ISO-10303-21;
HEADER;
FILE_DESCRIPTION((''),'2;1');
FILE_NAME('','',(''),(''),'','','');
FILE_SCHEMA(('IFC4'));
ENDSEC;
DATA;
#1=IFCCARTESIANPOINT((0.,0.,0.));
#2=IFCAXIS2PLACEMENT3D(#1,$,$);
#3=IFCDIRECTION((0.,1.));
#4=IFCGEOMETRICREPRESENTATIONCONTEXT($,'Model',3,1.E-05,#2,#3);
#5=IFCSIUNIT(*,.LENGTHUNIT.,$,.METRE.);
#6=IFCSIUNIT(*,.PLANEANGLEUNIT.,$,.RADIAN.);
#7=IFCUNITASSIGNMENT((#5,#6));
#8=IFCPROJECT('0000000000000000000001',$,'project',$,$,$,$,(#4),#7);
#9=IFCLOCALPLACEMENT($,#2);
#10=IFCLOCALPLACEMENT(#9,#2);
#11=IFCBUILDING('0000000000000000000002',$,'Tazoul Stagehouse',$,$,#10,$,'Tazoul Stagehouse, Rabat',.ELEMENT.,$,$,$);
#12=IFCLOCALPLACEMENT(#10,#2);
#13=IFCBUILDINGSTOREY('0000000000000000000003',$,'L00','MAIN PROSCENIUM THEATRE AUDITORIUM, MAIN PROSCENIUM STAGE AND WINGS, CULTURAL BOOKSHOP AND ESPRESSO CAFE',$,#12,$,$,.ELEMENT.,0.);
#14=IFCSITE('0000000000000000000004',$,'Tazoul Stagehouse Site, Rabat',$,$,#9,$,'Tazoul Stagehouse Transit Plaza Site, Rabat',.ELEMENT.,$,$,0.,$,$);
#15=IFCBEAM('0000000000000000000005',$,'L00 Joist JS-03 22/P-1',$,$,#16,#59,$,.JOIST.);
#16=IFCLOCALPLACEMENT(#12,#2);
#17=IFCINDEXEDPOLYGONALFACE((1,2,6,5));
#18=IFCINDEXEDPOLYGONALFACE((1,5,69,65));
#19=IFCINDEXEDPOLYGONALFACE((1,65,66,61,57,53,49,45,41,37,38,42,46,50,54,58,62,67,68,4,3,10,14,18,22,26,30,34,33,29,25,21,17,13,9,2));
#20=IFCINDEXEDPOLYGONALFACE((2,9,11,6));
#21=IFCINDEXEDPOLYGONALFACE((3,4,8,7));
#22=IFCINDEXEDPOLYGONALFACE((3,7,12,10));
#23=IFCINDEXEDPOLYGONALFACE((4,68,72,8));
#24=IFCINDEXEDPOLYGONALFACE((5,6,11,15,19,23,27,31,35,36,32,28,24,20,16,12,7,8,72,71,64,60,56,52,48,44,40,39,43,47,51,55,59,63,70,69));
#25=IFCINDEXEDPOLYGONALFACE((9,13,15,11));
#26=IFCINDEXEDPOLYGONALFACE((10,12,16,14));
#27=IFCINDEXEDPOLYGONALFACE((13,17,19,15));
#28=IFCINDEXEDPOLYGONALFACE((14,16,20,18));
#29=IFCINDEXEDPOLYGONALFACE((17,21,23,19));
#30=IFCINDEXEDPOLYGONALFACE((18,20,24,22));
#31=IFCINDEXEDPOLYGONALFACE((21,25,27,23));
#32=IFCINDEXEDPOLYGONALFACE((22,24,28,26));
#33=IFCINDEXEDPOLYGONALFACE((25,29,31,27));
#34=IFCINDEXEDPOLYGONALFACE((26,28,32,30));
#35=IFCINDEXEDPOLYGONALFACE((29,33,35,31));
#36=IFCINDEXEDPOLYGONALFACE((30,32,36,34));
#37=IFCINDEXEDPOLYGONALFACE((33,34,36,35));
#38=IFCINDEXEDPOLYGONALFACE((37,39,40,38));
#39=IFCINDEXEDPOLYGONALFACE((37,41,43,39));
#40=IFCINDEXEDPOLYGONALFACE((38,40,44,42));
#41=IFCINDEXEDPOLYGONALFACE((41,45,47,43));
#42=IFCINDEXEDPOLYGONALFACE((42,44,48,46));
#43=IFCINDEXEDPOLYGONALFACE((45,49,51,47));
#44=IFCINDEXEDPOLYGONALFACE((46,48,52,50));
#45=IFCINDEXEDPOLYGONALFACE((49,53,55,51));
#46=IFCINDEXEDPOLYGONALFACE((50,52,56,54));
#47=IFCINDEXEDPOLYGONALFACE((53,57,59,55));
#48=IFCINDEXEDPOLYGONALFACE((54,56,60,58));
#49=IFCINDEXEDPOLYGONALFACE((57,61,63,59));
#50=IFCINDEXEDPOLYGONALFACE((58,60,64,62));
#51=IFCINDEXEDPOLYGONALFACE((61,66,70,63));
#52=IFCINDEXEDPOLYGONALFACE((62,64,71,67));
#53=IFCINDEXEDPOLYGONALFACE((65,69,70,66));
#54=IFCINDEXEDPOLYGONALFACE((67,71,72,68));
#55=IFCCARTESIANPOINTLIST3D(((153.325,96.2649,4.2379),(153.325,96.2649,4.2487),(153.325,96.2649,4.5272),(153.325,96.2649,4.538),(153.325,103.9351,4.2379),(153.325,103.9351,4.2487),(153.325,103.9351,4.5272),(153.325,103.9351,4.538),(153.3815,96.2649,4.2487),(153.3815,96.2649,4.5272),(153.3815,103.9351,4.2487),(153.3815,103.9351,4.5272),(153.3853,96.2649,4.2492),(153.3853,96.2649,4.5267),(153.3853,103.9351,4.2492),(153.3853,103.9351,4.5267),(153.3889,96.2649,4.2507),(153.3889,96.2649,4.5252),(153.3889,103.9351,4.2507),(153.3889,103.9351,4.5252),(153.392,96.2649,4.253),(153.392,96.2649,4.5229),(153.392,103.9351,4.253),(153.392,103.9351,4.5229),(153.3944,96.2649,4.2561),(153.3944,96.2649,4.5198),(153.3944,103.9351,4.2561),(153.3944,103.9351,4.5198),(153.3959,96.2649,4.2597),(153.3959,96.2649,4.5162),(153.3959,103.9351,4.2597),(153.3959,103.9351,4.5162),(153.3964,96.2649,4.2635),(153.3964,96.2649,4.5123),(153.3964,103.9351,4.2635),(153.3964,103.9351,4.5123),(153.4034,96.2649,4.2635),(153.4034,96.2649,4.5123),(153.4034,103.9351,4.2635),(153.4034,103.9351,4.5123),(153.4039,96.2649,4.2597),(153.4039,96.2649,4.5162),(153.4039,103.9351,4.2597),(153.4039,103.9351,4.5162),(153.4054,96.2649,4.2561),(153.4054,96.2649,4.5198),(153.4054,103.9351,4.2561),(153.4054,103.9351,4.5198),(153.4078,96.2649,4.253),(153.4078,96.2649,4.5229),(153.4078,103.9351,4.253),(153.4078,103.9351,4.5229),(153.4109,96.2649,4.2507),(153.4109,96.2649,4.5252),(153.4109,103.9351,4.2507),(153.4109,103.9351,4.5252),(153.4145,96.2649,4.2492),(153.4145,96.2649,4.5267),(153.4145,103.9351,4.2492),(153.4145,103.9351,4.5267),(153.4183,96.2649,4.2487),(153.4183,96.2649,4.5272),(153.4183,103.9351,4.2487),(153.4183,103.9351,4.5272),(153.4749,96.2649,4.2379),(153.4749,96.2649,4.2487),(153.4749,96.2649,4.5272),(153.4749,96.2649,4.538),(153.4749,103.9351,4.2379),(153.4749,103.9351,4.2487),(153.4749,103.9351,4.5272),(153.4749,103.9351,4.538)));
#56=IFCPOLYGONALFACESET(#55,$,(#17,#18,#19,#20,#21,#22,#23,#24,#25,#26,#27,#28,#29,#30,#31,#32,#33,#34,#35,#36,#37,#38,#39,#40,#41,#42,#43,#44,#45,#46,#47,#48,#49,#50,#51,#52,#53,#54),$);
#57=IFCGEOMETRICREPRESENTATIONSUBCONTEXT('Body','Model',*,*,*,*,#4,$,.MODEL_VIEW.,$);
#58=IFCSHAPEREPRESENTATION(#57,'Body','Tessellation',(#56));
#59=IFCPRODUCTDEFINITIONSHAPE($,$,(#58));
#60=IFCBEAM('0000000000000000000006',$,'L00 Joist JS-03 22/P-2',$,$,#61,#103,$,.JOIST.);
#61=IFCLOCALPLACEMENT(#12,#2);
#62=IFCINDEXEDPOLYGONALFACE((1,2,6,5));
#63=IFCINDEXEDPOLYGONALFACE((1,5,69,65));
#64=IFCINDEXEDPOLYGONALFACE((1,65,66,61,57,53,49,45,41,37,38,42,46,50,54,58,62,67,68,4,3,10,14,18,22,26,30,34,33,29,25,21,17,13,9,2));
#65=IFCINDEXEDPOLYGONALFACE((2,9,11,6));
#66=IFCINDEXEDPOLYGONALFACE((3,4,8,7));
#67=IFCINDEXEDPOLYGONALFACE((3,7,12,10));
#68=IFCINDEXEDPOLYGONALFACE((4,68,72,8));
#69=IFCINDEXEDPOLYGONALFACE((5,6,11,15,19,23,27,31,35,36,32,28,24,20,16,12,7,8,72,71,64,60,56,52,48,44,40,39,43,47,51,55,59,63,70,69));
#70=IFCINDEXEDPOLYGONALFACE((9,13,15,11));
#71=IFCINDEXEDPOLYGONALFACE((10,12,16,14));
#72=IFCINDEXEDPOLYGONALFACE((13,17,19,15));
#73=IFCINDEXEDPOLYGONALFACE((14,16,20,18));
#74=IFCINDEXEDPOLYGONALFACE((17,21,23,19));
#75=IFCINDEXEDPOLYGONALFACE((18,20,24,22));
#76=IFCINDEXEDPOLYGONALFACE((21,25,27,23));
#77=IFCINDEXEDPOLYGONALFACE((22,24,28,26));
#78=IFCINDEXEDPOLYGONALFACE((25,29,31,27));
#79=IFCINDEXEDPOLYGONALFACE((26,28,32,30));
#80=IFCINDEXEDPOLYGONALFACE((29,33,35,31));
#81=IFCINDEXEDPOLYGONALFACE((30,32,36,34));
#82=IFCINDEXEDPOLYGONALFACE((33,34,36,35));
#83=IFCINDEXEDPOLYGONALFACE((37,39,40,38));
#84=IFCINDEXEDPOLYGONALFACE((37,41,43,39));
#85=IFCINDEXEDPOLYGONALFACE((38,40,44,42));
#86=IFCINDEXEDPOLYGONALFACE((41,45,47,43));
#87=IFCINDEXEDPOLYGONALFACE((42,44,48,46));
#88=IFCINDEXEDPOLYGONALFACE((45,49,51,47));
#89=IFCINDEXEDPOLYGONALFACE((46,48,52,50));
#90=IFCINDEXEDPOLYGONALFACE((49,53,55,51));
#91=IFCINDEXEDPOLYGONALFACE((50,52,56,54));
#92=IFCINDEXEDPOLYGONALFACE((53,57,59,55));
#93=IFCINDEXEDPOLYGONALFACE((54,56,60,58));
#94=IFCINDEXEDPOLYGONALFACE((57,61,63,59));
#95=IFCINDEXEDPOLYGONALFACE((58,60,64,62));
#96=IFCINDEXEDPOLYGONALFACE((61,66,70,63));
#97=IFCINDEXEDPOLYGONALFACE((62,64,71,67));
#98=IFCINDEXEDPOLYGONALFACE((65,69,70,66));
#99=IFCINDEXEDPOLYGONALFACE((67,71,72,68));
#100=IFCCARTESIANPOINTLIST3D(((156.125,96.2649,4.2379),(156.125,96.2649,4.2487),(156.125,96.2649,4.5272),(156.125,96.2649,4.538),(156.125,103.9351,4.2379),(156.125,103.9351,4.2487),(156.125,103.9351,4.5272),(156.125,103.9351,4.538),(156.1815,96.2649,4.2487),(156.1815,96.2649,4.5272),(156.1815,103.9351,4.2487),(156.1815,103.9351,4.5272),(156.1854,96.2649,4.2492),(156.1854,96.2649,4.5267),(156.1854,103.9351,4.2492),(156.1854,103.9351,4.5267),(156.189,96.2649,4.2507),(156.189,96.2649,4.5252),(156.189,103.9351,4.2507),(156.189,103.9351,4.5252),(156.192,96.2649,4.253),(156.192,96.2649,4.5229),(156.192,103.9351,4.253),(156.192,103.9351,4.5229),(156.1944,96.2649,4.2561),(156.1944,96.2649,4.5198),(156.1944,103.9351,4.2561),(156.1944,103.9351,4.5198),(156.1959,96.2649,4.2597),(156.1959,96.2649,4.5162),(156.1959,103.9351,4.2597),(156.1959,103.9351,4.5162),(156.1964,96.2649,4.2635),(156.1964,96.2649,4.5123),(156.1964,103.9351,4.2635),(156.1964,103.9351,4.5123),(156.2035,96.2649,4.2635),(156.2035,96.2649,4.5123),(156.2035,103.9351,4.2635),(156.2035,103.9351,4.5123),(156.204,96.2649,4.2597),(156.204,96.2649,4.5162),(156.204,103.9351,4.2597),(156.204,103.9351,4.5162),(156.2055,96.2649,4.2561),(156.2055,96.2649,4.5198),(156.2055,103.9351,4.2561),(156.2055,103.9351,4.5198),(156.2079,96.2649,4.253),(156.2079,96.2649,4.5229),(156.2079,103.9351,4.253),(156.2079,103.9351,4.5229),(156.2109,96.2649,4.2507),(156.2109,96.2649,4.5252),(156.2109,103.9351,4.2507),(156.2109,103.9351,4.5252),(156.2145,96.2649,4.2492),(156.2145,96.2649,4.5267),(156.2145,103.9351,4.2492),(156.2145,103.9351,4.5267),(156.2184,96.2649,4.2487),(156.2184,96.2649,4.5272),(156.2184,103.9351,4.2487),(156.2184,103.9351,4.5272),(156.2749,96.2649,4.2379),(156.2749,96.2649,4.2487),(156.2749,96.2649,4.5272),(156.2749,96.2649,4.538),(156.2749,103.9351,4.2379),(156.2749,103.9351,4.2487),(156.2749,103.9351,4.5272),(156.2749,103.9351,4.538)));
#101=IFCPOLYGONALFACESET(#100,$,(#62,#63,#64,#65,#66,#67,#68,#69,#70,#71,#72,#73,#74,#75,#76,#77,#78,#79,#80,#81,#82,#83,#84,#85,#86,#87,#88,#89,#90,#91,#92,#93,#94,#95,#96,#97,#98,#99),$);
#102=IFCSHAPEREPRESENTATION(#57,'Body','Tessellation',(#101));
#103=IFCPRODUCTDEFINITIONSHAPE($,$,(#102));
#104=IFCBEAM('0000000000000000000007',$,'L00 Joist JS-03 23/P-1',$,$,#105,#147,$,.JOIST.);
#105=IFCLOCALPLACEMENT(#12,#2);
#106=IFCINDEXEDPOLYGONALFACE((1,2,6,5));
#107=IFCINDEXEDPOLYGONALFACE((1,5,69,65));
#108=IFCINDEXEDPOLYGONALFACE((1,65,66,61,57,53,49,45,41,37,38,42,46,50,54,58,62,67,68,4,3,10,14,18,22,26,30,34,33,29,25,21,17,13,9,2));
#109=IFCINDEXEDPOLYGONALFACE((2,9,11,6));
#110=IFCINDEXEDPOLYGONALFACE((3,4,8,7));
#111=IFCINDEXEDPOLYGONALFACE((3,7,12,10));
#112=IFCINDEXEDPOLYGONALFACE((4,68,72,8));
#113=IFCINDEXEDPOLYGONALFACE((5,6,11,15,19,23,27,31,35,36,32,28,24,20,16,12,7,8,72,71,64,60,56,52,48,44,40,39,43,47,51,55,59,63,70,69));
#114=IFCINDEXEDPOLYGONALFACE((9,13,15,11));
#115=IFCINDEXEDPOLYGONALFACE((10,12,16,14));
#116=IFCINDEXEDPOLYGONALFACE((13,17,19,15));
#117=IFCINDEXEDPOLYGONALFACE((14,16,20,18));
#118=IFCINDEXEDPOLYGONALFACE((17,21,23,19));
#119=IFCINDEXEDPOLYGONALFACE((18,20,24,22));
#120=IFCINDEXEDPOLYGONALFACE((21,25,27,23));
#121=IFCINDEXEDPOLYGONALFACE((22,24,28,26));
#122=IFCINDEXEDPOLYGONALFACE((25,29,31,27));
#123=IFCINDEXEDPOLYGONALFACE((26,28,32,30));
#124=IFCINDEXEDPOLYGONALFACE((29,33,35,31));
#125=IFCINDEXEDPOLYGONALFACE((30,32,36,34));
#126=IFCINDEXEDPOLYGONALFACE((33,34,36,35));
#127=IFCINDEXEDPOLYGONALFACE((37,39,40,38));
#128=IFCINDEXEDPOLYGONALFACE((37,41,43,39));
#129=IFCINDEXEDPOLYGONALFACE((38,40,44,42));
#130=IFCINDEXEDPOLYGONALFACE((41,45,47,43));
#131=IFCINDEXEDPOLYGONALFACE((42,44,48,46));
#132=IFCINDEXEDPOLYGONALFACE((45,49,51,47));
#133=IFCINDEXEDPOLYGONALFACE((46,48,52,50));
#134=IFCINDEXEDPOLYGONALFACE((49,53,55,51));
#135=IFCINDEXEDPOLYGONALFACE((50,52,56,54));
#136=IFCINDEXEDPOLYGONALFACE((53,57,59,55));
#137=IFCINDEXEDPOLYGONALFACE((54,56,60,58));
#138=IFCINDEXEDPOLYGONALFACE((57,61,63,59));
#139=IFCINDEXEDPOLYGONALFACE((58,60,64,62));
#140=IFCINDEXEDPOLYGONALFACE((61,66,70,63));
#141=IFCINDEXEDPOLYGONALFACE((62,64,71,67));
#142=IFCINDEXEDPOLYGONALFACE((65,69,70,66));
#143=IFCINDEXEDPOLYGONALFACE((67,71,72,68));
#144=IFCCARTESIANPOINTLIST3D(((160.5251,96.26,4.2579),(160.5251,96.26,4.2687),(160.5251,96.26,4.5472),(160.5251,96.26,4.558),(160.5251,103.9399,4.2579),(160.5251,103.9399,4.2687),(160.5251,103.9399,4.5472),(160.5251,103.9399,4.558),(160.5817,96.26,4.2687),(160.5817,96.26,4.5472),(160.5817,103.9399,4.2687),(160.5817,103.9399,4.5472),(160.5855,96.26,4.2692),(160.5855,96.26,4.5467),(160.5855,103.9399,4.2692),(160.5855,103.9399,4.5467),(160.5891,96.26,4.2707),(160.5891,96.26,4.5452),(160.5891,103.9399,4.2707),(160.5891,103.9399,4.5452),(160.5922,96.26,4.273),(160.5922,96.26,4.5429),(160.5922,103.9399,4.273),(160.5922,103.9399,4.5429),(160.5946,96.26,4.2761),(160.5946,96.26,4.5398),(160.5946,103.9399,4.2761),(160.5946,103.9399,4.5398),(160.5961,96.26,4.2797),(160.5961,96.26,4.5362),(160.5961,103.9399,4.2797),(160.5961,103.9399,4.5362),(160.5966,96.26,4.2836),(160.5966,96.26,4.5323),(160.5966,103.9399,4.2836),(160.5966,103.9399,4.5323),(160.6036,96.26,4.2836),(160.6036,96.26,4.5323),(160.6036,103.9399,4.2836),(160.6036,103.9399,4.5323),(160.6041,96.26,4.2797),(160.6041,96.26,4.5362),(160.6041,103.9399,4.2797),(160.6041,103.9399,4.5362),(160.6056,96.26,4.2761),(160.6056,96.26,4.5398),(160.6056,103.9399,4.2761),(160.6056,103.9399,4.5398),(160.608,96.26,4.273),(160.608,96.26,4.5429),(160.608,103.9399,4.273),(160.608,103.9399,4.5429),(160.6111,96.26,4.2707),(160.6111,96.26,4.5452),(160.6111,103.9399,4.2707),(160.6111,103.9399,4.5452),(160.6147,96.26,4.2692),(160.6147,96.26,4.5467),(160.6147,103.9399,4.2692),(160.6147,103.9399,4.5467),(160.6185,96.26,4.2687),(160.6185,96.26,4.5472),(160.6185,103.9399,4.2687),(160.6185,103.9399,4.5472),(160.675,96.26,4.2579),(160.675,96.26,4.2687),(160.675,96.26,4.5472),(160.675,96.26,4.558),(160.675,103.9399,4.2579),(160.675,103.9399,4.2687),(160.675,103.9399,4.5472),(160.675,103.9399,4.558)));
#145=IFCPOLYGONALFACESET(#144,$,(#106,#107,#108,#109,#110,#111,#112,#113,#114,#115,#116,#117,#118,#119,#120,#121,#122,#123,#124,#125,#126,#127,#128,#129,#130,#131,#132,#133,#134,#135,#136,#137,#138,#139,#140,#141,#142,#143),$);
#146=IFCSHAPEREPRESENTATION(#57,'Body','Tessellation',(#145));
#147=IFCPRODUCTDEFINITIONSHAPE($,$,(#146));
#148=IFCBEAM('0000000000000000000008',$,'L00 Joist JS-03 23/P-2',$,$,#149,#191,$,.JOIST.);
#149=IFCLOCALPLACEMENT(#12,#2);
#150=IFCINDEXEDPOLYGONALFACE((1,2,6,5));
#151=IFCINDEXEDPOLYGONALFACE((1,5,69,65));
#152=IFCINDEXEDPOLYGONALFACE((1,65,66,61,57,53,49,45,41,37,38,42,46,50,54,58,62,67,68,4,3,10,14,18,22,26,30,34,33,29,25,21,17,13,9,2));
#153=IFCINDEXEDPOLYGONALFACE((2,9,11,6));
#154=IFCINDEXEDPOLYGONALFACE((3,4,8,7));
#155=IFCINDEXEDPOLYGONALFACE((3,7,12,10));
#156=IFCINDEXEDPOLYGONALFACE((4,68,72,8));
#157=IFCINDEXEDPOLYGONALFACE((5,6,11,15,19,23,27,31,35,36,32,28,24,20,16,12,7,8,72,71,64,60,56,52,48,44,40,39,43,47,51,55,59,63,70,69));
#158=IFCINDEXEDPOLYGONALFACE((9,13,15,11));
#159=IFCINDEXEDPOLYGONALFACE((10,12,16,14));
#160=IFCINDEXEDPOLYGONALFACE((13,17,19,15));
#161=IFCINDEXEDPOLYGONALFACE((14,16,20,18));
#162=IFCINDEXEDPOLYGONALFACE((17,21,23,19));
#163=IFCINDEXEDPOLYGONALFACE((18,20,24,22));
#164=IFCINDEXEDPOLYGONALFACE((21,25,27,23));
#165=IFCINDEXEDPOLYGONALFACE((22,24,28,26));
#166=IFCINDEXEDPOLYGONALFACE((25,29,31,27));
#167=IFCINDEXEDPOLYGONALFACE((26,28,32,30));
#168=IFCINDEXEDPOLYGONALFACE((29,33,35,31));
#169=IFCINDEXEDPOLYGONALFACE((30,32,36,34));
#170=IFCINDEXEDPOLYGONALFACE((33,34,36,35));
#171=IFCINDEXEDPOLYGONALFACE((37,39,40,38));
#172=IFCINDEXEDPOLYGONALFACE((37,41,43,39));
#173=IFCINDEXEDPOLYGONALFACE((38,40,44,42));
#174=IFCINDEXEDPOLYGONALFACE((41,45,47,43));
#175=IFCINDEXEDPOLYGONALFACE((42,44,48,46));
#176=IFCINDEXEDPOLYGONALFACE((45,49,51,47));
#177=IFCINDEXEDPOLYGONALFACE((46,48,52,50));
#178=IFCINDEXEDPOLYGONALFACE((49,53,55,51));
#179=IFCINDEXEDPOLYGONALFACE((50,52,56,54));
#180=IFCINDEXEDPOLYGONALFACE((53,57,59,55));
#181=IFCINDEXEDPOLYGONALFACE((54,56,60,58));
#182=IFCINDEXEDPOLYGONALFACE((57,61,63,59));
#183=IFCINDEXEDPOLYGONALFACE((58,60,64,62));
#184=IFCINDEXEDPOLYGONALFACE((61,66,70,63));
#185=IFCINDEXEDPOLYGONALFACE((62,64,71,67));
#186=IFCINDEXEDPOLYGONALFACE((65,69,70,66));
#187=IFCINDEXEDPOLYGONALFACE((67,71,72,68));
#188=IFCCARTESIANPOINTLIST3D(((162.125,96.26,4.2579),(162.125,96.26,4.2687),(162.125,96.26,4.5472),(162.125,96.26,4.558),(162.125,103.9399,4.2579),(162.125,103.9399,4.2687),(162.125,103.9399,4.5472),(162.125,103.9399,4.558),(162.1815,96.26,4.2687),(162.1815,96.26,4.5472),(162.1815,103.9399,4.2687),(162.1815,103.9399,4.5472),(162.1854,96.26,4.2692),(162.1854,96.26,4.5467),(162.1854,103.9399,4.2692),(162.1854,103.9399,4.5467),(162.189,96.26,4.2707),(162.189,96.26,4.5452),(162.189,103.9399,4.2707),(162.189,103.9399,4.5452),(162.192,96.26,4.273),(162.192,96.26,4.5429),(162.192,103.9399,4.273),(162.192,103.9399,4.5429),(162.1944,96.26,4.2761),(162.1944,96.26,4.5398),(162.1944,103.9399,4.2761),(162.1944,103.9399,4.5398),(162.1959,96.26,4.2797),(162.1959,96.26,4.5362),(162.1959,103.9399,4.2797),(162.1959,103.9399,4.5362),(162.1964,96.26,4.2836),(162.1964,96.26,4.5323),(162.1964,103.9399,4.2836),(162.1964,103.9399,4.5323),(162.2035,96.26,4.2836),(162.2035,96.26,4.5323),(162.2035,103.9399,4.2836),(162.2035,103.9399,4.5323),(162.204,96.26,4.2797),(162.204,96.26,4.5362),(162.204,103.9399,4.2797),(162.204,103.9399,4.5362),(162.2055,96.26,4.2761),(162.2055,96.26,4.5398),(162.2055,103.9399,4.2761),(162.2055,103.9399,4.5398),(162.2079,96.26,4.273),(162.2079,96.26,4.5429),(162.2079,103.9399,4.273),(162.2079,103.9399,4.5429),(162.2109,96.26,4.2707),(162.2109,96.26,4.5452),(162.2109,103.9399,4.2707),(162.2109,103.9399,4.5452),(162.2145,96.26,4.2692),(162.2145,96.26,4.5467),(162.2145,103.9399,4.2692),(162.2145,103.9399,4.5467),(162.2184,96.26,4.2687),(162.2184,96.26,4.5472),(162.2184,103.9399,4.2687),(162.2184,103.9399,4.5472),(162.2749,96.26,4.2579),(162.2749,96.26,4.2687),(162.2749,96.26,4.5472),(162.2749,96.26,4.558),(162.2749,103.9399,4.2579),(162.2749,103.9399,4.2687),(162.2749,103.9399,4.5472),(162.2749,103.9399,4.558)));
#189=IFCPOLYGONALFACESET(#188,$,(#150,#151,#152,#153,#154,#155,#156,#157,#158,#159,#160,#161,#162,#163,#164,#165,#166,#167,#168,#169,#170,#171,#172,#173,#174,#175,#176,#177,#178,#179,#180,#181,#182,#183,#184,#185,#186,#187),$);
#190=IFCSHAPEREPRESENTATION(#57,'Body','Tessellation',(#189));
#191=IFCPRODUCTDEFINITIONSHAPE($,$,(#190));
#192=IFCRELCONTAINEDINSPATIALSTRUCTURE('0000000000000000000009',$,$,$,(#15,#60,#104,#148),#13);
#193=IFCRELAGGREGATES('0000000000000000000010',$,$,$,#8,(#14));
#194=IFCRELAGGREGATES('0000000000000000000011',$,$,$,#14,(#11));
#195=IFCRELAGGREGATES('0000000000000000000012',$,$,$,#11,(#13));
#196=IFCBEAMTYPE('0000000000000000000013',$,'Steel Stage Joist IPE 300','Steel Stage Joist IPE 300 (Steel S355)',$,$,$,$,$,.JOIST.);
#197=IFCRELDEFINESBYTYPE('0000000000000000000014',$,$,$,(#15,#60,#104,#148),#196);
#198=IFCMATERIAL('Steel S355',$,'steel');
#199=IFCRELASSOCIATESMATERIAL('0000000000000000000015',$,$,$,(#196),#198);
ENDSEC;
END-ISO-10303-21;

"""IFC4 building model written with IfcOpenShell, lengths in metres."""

from ifc_helpers import new_model, si_unit, direction, frame, origin, origin_2d, place, context, subcontext, project, spatial, i_section, extrude, material, material_profile, profile_set, type_object, element, save


model = new_model("IFC4")

# Units and contexts
model_context = context("Model", 3, precision=1e-05, world=origin(), true_north=direction((0.0, 1.0)))
body_context = subcontext(model_context, "Body", "Model", "MODEL_VIEW")
ifc_project = project(units=[si_unit("LENGTHUNIT", "METRE"), si_unit("PLANEANGLEUNIT", "RADIAN")], contexts=[model_context])

# Site, building, storey
site_placement = place(None, origin())
site = spatial("IfcSite", under=ifc_project, at=site_placement, Name="Tazoul Stagehouse Site, Rabat", LongName="Tazoul Stagehouse Transit Plaza Site, Rabat", CompositionType="ELEMENT", RefElevation=0.0)
building_placement = place(site_placement, origin())
building = spatial("IfcBuilding", under=site, at=building_placement, Name="Tazoul Stagehouse", LongName="Tazoul Stagehouse, Rabat", CompositionType="ELEMENT")
storey_placement = place(building_placement, origin())
storey = spatial("IfcBuildingStorey", under=building, at=storey_placement, Name="L00", Description="MAIN PROSCENIUM THEATRE AUDITORIUM, MAIN PROSCENIUM STAGE AND WINGS, CULTURAL BOOKSHOP AND ESPRESSO CAFE", CompositionType="ELEMENT", Elevation=0.0)

# Beams
ifc_material_1 = material(Name="Steel S355", Category="steel")
ifc_material_profile_1 = material_profile(ifc_material_1, i_section(OverallWidth=0.1499, OverallDepth=0.3, WebThickness=0.0071, FlangeThickness=0.0107, FilletRadius=0.0149, at=origin_2d()), Name="IPE 300")
ifc_profile_set_1 = profile_set([ifc_material_profile_1], Name="Steel S355")
beam_type_1 = type_object("IfcBeamType", Name="Steel Stage Joist IPE 300", Description="Steel Stage Joist IPE 300 (Steel S355)", PredefinedType="JOIST", material=ifc_profile_set_1)
for number, where, z_axis, x_axis, name in (
    (1, (153.3999, 96.2649, 4.3879), (0.0, 1.0, 0.0), (-1.0, 0.0, 0.0), "L00 Joist JS-03 22/P-1"),
    (2, (156.2, 96.2649, 4.3879), (0.0, 1.0, 0.0), (-1.0, 0.0, 0.0), "L00 Joist JS-03 22/P-2"),
):
    element("IfcBeam", number, at=place(storey_placement, frame(where, z_axis=z_axis, x_axis=x_axis)), inside=storey, type_object=beam_type_1, Name=name, PredefinedType="JOIST", context=body_context, shape_type="SweptSolid", body=[
        extrude(i_section(OverallWidth=0.1499, OverallDepth=0.3, WebThickness=0.0071, FlangeThickness=0.0107, FilletRadius=0.0149, at=origin_2d()), origin(), (0.0, 0.0, 1.0), 7.6702),
    ])
for number, where, z_axis, x_axis, name in (
    (3, (160.6001, 96.26, 4.408), (0.0, 1.0, 0.0), (-1.0, 0.0, 0.0), "L00 Joist JS-03 23/P-1"),
    (4, (162.2, 96.26, 4.408), (0.0, 1.0, 0.0), (-1.0, 0.0, 0.0), "L00 Joist JS-03 23/P-2"),
):
    element("IfcBeam", number, at=place(storey_placement, frame(where, z_axis=z_axis, x_axis=x_axis)), inside=storey, type_object=beam_type_1, Name=name, PredefinedType="JOIST", context=body_context, shape_type="SweptSolid", body=[
        extrude(i_section(OverallWidth=0.1499, OverallDepth=0.3, WebThickness=0.0071, FlangeThickness=0.0107, FilletRadius=0.0149, at=origin_2d()), origin(), (0.0, 0.0, 1.0), 7.6799),
    ])

save(model, "model.ifc")
